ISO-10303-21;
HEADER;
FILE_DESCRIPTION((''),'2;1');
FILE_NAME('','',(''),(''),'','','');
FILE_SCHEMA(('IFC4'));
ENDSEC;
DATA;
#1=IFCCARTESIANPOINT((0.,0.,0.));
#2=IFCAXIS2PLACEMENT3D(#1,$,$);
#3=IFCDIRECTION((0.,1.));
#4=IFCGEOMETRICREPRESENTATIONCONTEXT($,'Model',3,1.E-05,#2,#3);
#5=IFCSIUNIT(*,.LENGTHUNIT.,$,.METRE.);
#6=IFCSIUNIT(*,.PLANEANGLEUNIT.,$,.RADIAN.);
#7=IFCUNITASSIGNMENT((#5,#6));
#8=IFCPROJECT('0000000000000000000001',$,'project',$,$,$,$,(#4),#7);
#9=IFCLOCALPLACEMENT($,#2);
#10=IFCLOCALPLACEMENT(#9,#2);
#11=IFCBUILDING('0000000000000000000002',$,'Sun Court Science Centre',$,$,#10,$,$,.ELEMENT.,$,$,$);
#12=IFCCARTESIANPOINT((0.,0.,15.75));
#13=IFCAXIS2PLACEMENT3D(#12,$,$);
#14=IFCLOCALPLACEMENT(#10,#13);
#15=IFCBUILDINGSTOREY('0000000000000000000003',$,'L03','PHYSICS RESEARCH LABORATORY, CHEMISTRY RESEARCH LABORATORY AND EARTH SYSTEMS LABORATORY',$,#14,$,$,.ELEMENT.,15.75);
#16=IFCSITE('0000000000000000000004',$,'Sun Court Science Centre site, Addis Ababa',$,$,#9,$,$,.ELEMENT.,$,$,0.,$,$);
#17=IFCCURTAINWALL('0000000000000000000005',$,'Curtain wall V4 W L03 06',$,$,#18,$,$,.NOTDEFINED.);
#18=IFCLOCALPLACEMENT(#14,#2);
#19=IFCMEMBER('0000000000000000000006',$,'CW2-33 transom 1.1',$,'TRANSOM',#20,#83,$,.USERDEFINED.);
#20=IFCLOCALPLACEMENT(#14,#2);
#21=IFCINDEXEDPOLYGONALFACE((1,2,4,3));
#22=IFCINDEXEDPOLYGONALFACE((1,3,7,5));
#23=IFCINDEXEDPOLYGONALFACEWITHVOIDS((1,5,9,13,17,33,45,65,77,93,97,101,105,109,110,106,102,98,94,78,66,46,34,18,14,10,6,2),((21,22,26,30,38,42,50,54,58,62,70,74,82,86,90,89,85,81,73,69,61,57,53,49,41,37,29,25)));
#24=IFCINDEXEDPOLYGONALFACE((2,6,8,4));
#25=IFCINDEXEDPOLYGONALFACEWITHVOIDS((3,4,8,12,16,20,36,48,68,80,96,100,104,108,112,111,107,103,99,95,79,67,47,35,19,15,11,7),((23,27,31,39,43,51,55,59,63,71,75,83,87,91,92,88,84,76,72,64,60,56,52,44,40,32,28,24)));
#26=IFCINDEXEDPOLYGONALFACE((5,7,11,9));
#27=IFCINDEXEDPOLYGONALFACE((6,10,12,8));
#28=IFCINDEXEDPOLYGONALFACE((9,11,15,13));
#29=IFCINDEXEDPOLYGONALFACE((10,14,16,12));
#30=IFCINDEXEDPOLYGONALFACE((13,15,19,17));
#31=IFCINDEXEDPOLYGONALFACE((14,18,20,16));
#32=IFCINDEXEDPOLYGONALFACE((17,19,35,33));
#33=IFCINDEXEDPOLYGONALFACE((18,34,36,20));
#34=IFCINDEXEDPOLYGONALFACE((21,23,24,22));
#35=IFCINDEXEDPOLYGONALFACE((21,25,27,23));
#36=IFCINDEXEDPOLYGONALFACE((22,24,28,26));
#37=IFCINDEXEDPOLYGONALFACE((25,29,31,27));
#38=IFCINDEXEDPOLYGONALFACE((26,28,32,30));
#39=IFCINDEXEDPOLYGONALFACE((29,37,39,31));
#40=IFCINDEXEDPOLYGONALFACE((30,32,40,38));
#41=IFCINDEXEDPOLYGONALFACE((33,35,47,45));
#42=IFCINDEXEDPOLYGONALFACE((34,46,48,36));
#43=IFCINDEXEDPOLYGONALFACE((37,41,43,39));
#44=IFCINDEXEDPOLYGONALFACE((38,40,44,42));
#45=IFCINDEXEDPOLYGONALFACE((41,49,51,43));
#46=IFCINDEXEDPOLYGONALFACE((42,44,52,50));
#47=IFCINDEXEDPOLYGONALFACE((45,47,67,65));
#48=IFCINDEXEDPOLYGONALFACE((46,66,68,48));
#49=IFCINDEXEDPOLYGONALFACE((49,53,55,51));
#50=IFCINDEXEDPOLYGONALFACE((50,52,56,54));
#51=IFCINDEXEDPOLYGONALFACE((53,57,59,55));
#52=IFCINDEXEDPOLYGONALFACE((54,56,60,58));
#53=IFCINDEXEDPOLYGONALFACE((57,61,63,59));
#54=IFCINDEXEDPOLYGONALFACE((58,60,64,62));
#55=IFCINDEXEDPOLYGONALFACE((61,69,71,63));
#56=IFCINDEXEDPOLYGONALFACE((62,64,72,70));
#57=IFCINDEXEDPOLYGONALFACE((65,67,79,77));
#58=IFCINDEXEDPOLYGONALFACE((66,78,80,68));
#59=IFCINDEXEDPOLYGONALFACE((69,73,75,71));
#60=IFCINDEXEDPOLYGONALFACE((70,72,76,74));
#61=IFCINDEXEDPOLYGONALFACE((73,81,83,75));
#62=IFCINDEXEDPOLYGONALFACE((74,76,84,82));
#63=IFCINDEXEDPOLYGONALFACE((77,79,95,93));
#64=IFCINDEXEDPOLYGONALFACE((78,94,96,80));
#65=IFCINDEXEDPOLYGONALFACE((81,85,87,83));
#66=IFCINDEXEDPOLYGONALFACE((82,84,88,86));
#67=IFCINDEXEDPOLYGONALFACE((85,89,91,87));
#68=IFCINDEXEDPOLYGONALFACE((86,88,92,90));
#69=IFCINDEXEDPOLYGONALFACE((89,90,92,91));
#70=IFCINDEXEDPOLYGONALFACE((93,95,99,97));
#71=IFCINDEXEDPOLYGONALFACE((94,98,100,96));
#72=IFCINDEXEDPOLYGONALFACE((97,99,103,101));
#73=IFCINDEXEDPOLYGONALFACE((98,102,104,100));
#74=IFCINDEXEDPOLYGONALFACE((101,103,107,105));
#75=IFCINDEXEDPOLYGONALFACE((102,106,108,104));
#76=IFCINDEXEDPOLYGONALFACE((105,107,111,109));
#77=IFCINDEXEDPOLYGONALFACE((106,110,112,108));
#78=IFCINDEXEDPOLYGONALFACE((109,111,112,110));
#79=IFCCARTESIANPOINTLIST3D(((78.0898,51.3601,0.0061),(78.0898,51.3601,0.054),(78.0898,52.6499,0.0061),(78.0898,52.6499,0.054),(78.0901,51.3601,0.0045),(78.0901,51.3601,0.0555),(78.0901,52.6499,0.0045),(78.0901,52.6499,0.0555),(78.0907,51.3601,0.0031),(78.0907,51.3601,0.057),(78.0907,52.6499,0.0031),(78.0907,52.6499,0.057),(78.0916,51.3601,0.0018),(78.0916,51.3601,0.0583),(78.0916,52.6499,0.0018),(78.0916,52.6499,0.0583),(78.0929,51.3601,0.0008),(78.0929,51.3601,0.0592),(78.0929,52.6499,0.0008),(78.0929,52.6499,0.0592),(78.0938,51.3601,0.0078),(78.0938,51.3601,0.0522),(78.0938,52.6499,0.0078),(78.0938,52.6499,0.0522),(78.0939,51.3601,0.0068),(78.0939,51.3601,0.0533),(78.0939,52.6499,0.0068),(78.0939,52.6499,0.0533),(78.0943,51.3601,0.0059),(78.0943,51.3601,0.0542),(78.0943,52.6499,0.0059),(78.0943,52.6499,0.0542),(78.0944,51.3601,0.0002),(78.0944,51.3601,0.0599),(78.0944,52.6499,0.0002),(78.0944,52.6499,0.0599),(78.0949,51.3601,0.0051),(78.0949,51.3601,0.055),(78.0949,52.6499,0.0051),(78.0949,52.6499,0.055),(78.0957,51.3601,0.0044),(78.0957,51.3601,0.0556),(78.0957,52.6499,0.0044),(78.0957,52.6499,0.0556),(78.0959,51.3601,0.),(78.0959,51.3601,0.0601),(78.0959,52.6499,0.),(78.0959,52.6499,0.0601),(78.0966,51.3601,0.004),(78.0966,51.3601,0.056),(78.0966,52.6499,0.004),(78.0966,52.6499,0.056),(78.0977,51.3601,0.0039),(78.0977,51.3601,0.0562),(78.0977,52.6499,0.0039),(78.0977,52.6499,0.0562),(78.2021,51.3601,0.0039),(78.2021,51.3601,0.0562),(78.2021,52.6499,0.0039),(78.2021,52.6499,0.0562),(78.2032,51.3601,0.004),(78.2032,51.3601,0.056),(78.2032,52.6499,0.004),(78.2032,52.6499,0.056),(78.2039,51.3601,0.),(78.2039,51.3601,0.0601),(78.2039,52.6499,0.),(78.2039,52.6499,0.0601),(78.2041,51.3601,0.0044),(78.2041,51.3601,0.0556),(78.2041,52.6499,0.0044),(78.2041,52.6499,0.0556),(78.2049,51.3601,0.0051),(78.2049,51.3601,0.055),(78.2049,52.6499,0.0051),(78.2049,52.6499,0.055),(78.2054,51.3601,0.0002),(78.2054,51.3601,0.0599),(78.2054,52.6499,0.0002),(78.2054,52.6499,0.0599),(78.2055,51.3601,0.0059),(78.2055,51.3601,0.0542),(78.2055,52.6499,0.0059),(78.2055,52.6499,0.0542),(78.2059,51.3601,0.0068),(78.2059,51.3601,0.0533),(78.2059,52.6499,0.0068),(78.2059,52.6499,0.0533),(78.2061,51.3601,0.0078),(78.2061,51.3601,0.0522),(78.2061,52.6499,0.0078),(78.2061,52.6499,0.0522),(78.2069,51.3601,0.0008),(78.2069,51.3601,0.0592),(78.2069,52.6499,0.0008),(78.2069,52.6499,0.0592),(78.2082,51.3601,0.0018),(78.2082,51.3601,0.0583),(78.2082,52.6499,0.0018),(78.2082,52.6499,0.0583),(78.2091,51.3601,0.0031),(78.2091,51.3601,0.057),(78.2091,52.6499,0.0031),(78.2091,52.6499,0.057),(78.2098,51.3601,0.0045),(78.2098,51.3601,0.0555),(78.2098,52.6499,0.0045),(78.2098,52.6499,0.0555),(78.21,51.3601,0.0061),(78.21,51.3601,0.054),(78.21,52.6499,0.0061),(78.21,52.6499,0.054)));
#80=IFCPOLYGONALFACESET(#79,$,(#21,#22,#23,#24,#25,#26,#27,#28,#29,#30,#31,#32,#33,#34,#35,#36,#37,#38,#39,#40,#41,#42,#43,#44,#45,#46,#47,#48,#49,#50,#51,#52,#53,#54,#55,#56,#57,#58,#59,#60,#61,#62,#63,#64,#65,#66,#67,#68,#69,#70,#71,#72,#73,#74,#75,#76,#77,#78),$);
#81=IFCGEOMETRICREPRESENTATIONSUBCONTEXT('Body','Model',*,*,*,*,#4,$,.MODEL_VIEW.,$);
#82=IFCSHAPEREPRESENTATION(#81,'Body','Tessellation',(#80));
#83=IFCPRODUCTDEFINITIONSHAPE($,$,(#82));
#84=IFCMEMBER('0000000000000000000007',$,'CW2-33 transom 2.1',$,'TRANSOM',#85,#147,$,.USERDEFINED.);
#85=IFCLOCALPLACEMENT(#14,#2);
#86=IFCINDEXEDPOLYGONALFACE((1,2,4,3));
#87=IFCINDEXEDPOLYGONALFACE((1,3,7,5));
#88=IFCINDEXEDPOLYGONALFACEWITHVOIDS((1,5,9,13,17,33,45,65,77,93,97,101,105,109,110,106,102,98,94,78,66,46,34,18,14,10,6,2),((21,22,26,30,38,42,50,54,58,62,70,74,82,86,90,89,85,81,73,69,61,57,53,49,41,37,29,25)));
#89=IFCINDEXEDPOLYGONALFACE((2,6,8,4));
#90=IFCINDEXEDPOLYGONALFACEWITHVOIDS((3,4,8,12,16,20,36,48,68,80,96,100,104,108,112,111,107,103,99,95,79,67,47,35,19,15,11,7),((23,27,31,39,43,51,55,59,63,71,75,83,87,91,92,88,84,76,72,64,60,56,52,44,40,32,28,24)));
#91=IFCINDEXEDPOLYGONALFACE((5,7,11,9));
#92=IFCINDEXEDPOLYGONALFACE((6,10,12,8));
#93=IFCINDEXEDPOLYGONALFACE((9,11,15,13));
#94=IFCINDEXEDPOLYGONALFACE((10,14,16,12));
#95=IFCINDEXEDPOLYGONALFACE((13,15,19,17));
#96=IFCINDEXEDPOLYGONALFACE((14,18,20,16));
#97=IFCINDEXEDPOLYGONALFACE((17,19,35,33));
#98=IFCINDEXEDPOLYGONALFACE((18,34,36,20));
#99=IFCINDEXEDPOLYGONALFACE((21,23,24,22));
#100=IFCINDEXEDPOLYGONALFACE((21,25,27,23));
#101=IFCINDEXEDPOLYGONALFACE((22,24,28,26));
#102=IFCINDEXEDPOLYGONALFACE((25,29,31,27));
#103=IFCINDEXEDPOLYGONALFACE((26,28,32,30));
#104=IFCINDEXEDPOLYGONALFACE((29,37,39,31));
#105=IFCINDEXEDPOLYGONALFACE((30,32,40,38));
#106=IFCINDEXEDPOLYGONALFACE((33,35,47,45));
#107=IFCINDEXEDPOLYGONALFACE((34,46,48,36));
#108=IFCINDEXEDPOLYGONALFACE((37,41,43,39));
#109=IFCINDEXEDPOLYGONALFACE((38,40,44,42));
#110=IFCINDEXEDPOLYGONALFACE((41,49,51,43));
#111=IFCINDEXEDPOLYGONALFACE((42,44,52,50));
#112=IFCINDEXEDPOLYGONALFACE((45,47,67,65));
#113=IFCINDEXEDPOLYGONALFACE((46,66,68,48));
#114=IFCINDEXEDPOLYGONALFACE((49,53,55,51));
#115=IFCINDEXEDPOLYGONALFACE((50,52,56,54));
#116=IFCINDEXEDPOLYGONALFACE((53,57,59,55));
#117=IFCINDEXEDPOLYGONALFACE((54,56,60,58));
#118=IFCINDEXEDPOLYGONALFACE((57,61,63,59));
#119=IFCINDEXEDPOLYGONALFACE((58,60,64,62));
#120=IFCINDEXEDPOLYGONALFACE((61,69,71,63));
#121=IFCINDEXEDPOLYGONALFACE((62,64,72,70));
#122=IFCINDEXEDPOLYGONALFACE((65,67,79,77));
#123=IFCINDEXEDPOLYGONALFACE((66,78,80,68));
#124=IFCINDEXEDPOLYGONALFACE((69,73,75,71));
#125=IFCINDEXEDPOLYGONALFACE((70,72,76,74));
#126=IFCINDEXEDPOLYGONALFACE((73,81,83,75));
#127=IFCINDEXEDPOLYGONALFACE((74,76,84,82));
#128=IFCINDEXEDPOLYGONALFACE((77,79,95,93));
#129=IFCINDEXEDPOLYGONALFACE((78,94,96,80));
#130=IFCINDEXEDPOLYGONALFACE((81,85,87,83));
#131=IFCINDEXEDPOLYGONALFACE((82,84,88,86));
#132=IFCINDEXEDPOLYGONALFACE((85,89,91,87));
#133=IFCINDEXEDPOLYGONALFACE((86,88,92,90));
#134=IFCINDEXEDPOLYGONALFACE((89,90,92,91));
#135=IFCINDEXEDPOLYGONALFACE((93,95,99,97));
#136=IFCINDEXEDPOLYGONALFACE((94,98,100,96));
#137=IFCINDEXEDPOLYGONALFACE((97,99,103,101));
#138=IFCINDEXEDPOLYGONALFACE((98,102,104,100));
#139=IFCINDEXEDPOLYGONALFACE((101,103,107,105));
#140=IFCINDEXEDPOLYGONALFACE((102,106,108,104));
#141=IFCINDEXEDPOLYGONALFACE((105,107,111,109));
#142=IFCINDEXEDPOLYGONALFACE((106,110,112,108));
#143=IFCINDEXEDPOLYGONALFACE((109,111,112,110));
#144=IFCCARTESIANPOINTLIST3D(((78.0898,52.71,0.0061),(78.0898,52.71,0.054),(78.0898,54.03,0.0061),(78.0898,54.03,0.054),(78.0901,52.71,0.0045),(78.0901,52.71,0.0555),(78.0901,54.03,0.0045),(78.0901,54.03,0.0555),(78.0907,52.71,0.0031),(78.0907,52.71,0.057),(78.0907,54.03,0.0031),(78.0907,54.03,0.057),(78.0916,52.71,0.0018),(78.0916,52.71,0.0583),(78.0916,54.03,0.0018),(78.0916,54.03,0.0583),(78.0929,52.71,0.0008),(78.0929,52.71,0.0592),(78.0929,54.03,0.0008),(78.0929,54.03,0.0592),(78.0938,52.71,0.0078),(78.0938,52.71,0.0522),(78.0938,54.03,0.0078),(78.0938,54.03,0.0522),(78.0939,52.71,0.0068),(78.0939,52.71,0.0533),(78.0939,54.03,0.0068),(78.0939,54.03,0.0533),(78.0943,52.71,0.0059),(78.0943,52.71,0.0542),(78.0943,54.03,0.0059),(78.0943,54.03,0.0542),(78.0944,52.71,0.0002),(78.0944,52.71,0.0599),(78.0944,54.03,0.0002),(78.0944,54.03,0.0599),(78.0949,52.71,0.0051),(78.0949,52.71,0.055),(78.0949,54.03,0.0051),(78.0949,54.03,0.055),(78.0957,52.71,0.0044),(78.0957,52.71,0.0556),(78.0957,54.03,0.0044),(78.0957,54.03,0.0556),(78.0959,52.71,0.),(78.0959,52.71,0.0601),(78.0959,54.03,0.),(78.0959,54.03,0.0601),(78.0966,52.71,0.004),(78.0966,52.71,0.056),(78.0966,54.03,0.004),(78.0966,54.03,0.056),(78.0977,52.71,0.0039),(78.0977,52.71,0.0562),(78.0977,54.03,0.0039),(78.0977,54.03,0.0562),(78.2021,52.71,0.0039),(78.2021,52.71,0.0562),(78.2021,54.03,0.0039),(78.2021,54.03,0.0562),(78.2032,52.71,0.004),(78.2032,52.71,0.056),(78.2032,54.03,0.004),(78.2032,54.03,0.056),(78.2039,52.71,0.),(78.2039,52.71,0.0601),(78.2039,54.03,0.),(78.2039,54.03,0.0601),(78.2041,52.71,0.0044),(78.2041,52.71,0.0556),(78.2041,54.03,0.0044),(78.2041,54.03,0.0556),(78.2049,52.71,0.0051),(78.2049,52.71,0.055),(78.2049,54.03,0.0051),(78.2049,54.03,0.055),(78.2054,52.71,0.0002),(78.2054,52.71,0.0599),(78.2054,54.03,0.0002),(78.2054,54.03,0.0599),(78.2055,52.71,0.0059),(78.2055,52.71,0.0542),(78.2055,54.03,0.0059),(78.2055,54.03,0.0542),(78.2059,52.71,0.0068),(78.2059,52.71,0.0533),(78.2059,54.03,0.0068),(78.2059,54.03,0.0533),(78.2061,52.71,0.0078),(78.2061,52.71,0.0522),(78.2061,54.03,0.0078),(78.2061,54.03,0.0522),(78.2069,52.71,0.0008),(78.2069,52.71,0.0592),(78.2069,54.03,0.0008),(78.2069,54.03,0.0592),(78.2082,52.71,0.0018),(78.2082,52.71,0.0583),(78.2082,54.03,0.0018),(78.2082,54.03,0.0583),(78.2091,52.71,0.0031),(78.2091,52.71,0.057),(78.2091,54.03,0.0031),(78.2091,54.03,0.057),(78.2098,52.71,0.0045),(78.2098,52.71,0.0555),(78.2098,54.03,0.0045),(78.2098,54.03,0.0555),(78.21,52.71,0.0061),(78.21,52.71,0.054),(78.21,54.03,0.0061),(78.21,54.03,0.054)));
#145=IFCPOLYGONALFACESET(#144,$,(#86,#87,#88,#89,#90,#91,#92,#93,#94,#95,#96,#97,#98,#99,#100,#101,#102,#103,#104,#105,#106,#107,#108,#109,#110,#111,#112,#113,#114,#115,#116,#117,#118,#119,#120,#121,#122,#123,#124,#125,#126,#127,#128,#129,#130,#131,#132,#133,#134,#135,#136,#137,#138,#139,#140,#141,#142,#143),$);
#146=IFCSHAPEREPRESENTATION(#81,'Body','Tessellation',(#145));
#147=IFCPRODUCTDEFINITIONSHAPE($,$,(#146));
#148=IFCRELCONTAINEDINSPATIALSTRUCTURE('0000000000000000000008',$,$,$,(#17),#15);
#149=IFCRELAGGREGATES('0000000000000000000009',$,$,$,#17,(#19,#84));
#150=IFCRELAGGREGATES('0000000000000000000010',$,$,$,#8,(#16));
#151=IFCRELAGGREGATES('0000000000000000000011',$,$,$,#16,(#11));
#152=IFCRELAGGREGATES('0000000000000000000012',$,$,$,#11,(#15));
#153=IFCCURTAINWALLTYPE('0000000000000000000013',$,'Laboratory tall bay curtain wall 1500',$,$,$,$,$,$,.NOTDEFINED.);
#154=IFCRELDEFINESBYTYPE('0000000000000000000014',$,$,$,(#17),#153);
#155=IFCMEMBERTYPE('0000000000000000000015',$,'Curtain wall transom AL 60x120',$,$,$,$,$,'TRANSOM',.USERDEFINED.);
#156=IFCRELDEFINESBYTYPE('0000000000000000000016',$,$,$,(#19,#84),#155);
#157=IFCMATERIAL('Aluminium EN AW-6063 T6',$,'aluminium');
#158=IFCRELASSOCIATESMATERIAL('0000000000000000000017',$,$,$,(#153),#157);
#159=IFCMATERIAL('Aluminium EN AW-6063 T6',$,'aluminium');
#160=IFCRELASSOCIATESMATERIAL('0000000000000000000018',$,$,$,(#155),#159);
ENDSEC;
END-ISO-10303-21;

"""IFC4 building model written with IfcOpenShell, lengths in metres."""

from ifc_helpers import new_model, si_unit, direction, frame, origin, origin_2d, place, context, subcontext, project, spatial, hollow_rectangle, extrude, material, material_profile, profile_set, type_object, element, aggregate, save


model = new_model("IFC4")

# Units and contexts
model_context = context("Model", 3, precision=1e-05, world=origin(), true_north=direction((0.0, 1.0)))
body_context = subcontext(model_context, "Body", "Model", "MODEL_VIEW")
ifc_project = project(units=[si_unit("LENGTHUNIT", "METRE"), si_unit("PLANEANGLEUNIT", "RADIAN")], contexts=[model_context])

# Site, building, storey
site_placement = place(None, origin())
site = spatial("IfcSite", under=ifc_project, at=site_placement, Name="Sun Court Science Centre site, Addis Ababa", CompositionType="ELEMENT", RefElevation=0.0)
building_placement = place(site_placement, origin())
building = spatial("IfcBuilding", under=site, at=building_placement, Name="Sun Court Science Centre", CompositionType="ELEMENT")
storey_placement = place(building_placement, frame((0.0, 0.0, 15.75)))
storey = spatial("IfcBuildingStorey", under=building, at=storey_placement, Name="L03", Description="PHYSICS RESEARCH LABORATORY, CHEMISTRY RESEARCH LABORATORY AND EARTH SYSTEMS LABORATORY", CompositionType="ELEMENT", Elevation=15.75)

# Curtain wall
ifc_material_1 = material(Name="Aluminium EN AW-6063 T6", Category="aluminium")
curtain_wall_type = type_object("IfcCurtainWallType", Name="Laboratory tall bay curtain wall 1500", PredefinedType="NOTDEFINED", material=ifc_material_1)
curtain_wall_1_placement = place(storey_placement, origin())
curtain_wall_1 = element("IfcCurtainWall", 1, at=curtain_wall_1_placement, inside=storey, type_object=curtain_wall_type, Name="Curtain wall V4 W L03 06", PredefinedType="NOTDEFINED")

# Members
ifc_material_2 = material(Name="Aluminium EN AW-6063 T6", Category="aluminium")
ifc_material_profile_1 = material_profile(ifc_material_2, hollow_rectangle(XDim=0.0601, YDim=0.1201, WallThickness=0.0039, InnerFilletRadius=0.0039, OuterFilletRadius=0.0061, at=origin_2d()), Name="AL 60x120x4")
ifc_profile_set_1 = profile_set([ifc_material_profile_1], Name="Aluminium EN AW-6063 T6")
member_type_1 = type_object("IfcMemberType", Name="Curtain wall transom AL 60x120", ElementType="TRANSOM", PredefinedType="USERDEFINED", material=ifc_profile_set_1)
member_1_placement = place(storey_placement, frame((78.1499, 51.3601, 0.03), z_axis=(0.0, 1.0, 0.0), x_axis=(0.0, 0.0, 1.0)))
member_1 = element("IfcMember", 2, at=member_1_placement, type_object=member_type_1, Name="CW2-33 transom 1.1", ObjectType="TRANSOM", PredefinedType="USERDEFINED", context=body_context, shape_type="SweptSolid", body=[
    extrude(hollow_rectangle(XDim=0.0601, YDim=0.1201, WallThickness=0.0039, InnerFilletRadius=0.0039, OuterFilletRadius=0.0061, at=origin_2d()), origin(), (0.0, 0.0, 1.0), 1.2898),
])
member_2_placement = place(storey_placement, frame((78.1499, 52.71, 0.03), z_axis=(0.0, 1.0, 0.0), x_axis=(0.0, 0.0, 1.0)))
member_2 = element("IfcMember", 3, at=member_2_placement, type_object=member_type_1, Name="CW2-33 transom 2.1", ObjectType="TRANSOM", PredefinedType="USERDEFINED", context=body_context, shape_type="SweptSolid", body=[
    extrude(hollow_rectangle(XDim=0.0601, YDim=0.1201, WallThickness=0.0039, InnerFilletRadius=0.0039, OuterFilletRadius=0.0061, at=origin_2d()), origin(), (0.0, 0.0, 1.0), 1.3201),
])

aggregate(curtain_wall_1, [member_1, member_2])

save(model, "model.ifc")
